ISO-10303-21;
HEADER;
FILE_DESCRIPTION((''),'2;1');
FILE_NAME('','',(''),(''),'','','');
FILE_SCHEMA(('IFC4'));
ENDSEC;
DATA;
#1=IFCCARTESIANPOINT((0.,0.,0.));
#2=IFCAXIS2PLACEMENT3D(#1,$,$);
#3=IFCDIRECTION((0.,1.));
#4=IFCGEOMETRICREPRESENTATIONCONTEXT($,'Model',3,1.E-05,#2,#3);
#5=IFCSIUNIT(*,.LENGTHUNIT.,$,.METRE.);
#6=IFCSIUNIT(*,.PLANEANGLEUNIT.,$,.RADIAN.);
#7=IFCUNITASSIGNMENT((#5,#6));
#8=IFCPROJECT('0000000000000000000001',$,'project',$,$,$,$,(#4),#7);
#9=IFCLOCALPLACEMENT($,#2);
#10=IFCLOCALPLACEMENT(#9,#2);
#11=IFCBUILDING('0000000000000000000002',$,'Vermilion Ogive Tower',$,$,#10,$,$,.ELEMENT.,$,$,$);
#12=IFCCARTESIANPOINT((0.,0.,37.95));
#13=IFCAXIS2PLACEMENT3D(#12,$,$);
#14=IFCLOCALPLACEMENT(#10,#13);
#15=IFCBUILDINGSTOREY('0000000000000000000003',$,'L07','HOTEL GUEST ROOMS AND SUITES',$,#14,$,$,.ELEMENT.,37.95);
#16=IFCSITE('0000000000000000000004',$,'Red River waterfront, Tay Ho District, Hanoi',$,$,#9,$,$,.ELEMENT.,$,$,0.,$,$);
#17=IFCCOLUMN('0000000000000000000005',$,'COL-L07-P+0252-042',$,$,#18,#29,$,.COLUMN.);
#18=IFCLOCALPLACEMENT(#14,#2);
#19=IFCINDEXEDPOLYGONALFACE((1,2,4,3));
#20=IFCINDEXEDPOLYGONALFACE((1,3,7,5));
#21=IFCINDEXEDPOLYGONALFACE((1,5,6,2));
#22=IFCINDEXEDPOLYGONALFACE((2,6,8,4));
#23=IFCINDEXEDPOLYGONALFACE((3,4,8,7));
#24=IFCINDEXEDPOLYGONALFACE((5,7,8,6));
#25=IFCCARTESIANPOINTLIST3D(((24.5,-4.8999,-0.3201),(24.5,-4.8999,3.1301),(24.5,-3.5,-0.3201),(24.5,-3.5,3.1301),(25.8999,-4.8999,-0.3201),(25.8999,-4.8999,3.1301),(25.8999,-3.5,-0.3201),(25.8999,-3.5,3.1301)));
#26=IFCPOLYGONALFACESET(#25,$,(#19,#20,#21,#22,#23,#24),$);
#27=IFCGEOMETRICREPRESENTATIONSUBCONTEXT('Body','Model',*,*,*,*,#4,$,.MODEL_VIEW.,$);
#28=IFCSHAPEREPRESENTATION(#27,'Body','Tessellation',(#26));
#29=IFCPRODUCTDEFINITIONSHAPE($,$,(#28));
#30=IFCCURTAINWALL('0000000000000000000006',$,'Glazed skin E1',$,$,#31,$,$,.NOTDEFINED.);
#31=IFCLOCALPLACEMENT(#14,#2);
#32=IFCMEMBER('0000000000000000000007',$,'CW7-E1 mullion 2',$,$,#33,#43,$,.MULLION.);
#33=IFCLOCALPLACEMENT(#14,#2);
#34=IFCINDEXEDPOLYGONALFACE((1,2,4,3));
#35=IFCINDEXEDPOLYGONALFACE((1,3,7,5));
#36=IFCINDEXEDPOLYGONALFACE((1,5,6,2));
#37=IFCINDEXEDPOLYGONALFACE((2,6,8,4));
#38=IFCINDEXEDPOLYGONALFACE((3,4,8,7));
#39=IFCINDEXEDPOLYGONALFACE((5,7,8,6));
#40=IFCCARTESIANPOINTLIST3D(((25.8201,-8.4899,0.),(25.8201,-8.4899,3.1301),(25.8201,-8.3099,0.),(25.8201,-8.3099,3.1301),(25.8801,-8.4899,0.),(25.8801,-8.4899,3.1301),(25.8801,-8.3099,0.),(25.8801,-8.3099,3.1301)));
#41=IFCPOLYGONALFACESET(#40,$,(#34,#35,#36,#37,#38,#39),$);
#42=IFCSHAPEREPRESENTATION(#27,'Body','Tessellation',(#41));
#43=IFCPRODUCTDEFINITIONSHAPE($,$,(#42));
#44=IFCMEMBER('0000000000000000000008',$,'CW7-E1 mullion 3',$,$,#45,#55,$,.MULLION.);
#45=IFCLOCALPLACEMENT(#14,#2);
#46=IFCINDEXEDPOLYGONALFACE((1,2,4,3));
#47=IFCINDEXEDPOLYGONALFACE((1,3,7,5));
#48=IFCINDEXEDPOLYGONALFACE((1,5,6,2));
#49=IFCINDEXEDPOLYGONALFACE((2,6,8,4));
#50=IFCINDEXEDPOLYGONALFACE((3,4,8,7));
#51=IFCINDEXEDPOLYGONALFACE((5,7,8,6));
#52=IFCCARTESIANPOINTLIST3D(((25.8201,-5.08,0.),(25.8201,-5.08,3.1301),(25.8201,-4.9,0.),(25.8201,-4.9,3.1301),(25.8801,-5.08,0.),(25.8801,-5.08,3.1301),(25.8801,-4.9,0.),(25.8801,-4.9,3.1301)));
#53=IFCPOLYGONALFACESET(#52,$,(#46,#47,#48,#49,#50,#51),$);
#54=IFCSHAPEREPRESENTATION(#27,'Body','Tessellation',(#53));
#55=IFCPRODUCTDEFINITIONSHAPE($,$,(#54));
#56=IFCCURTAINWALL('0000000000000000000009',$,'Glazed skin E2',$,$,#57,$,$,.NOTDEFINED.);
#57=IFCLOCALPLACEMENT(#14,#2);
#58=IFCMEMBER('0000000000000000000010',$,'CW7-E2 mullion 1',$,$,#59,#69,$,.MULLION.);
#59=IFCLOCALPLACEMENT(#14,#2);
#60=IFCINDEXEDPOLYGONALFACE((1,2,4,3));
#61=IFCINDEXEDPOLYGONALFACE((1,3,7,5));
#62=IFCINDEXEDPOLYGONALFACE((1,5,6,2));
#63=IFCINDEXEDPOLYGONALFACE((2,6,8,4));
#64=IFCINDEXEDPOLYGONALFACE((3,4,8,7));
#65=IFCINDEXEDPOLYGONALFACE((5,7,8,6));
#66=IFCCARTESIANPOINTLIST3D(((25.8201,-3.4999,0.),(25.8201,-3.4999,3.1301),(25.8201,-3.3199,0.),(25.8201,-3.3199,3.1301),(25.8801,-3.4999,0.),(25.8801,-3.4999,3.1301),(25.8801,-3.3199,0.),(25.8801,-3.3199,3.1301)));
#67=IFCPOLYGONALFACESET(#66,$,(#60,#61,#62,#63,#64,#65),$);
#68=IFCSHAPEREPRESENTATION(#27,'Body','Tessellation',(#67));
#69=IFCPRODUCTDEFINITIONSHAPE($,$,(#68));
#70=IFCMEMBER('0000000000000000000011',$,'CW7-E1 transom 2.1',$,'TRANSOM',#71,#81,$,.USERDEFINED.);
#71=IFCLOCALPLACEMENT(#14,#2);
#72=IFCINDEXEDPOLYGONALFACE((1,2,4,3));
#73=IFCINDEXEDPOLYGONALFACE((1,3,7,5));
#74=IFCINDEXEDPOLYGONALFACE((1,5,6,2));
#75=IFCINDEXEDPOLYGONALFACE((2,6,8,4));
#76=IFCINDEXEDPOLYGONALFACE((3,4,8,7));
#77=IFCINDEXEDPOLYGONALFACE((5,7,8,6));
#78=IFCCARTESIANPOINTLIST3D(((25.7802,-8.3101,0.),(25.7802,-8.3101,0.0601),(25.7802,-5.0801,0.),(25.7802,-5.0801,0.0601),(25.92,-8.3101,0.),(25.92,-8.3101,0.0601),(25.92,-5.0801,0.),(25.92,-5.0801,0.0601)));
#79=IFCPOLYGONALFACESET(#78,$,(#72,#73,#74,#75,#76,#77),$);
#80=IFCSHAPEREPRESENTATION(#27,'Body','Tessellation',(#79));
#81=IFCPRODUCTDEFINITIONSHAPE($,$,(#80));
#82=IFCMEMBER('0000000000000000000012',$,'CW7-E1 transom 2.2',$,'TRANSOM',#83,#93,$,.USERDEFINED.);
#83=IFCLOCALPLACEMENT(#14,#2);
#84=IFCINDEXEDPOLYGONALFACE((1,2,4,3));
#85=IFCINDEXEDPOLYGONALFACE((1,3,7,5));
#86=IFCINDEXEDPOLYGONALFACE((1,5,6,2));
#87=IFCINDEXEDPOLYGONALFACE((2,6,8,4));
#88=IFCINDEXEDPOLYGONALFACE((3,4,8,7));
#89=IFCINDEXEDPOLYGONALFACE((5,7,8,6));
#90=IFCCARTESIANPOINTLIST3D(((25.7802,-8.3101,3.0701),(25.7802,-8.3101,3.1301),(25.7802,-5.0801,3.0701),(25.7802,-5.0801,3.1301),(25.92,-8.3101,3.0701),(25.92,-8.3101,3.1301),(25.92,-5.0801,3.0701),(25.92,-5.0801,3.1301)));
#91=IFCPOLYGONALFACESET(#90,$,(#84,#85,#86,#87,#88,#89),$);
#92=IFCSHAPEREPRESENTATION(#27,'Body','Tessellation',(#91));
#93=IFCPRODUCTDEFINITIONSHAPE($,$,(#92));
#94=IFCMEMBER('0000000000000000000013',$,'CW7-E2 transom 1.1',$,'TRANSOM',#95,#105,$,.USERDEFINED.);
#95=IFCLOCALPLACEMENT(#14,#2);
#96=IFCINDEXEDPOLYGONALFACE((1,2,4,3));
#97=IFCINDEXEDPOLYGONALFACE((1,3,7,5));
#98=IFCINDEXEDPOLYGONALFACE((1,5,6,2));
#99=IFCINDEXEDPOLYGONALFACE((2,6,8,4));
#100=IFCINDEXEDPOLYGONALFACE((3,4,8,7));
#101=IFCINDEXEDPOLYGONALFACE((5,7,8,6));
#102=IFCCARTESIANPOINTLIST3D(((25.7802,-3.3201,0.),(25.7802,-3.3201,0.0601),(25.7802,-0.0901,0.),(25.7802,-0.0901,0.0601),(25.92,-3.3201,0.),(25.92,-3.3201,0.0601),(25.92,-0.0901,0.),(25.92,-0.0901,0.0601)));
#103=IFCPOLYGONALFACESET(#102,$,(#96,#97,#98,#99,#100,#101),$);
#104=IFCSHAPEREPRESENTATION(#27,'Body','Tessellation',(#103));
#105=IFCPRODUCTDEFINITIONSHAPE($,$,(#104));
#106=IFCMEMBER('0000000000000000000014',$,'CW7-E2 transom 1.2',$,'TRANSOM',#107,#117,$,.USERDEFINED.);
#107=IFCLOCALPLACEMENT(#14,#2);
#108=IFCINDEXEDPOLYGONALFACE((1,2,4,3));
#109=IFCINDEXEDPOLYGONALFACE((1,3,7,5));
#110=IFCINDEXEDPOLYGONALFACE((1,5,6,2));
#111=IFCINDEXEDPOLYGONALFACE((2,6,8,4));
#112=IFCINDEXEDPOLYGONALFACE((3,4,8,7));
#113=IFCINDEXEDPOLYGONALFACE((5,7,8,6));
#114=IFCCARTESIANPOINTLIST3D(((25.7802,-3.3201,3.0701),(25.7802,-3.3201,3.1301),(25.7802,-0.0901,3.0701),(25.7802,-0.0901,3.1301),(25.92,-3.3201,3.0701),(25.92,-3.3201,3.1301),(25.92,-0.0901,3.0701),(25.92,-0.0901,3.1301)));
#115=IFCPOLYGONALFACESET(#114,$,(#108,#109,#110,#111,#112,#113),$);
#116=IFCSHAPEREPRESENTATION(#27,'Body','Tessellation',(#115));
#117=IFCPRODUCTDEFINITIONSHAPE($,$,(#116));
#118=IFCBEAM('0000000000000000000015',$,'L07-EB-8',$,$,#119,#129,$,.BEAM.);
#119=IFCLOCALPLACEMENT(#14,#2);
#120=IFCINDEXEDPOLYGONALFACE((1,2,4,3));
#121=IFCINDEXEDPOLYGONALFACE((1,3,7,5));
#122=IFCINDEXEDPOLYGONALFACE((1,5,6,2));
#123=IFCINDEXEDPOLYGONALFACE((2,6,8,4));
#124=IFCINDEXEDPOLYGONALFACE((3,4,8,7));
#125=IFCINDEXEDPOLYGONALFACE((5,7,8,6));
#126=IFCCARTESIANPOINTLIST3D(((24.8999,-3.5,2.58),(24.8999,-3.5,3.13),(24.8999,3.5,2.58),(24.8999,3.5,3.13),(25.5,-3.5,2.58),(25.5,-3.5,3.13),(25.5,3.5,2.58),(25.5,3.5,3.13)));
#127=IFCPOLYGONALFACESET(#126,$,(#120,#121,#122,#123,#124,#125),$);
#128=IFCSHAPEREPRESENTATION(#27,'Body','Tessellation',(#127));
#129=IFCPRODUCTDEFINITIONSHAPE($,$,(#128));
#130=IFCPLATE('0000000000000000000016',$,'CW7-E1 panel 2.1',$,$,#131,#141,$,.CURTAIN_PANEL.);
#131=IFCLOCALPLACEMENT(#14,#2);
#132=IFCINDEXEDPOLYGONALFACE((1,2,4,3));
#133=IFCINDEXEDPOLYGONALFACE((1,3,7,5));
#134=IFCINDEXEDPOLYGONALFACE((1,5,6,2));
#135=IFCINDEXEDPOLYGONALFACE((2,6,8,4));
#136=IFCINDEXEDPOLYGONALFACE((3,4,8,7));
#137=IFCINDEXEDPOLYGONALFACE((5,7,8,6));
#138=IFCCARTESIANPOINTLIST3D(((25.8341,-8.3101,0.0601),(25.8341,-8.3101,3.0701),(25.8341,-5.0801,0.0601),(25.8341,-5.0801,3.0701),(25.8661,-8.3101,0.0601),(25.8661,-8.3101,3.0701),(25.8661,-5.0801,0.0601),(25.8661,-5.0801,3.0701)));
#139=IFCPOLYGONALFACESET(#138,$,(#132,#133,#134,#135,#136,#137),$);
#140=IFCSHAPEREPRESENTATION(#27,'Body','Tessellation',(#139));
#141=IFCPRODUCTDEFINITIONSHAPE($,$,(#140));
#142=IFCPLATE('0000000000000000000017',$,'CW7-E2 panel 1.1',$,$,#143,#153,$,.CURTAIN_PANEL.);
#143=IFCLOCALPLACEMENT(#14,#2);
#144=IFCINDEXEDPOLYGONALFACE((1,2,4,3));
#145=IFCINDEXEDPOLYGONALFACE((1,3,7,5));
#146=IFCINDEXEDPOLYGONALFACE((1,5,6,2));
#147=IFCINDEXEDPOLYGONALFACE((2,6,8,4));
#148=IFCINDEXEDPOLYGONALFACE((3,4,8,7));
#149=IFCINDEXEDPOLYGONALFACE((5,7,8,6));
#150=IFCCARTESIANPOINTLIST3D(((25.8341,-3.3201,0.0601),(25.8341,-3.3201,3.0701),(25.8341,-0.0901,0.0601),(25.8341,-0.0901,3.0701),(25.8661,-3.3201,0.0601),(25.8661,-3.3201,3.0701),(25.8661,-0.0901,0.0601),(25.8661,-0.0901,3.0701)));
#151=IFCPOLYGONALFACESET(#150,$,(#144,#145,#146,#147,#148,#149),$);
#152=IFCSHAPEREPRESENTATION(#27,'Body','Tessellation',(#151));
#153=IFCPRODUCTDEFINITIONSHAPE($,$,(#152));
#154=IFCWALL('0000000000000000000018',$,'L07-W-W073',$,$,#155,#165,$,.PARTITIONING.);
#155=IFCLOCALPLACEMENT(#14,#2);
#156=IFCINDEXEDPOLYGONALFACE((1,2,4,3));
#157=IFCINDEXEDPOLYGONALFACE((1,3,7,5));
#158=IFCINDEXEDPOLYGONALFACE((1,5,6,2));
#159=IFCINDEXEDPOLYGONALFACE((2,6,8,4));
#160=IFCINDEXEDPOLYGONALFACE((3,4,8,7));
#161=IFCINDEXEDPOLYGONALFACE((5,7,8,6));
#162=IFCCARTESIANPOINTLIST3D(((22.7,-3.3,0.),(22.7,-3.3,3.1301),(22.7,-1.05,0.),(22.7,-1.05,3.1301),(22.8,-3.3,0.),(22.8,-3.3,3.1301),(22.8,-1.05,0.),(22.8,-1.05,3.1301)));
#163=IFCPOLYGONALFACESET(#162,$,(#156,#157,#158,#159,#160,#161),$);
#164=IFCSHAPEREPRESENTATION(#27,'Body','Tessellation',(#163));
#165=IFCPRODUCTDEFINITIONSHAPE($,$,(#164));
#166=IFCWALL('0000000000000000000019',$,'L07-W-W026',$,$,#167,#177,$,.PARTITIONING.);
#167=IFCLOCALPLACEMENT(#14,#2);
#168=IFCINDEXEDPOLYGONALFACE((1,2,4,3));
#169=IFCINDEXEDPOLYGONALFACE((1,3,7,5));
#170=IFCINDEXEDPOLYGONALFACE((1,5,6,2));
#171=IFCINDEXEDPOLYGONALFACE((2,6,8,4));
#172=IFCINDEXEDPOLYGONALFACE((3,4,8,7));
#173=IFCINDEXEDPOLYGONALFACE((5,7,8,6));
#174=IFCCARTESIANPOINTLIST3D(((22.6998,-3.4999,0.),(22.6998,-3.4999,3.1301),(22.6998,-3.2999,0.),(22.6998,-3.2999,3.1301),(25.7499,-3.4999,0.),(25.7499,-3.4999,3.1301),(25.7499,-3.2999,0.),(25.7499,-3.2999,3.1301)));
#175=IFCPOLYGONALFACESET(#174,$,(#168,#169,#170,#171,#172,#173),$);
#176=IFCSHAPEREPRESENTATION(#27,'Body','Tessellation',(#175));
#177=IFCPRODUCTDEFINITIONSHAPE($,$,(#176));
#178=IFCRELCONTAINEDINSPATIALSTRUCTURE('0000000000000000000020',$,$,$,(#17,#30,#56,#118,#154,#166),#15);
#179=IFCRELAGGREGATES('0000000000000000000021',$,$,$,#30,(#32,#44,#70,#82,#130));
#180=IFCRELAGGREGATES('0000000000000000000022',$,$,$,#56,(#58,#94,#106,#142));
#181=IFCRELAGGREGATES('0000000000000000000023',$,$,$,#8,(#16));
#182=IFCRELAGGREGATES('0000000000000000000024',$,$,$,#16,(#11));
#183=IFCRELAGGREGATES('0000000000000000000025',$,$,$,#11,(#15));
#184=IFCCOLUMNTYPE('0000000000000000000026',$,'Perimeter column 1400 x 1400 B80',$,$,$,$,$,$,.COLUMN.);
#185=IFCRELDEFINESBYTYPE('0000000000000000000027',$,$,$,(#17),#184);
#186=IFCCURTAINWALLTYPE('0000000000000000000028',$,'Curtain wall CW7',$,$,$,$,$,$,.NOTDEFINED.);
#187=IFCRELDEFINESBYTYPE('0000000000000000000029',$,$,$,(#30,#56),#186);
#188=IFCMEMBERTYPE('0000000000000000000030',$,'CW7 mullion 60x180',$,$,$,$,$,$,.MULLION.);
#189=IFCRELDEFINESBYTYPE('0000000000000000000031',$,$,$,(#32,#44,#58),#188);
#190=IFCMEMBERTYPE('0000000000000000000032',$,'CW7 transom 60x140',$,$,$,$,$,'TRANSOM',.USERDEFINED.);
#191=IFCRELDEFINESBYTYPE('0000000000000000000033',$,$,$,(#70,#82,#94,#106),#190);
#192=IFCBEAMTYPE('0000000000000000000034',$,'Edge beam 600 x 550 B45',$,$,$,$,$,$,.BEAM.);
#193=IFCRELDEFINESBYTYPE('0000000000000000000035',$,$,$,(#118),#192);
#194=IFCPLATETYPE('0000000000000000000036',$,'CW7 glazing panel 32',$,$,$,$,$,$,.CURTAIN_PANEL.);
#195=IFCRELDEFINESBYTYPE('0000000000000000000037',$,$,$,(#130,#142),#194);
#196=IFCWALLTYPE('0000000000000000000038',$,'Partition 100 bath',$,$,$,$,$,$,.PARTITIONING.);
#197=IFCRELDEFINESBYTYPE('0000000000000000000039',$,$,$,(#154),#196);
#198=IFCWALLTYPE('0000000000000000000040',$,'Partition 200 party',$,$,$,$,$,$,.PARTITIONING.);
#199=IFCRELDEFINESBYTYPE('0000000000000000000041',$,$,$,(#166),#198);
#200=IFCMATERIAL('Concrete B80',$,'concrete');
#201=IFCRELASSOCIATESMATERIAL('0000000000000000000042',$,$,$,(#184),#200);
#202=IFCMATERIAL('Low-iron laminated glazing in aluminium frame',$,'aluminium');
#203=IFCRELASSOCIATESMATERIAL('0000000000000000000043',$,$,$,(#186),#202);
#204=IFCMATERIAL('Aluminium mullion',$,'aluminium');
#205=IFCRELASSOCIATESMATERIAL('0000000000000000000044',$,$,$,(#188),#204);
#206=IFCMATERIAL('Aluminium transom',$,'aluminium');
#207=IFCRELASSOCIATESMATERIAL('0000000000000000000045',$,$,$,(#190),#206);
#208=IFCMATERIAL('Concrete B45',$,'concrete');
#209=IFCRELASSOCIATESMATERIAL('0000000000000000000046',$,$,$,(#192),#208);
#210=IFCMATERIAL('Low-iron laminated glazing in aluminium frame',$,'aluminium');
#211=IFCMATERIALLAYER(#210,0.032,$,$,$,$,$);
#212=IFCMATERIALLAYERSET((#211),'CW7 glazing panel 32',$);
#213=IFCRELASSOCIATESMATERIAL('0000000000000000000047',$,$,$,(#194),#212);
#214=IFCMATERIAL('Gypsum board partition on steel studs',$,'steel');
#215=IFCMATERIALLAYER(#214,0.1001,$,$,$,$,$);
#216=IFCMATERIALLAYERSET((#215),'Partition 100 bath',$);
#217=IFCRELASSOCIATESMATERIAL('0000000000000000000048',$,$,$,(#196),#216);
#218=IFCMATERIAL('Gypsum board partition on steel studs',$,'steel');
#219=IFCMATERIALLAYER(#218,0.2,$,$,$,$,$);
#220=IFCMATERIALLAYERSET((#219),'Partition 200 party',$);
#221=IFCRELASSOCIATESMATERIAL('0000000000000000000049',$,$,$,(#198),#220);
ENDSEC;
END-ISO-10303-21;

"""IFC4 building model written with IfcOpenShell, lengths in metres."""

from ifc_helpers import new_model, si_unit, direction, frame, frame_2d, origin, origin_2d, place, context, subcontext, project, spatial, rectangle, extrude, material, layer, layer_set, material_profile, profile_set, type_object, element, aggregate, save


model = new_model("IFC4")

# Units and contexts
model_context = context("Model", 3, precision=1e-05, world=origin(), true_north=direction((0.0, 1.0)))
body_context = subcontext(model_context, "Body", "Model", "MODEL_VIEW")
ifc_project = project(units=[si_unit("LENGTHUNIT", "METRE"), si_unit("PLANEANGLEUNIT", "RADIAN")], contexts=[model_context])

# Site, building, storey
site_placement = place(None, origin())
site = spatial("IfcSite", under=ifc_project, at=site_placement, Name="Red River waterfront, Tay Ho District, Hanoi", CompositionType="ELEMENT", RefElevation=0.0)
building_placement = place(site_placement, origin())
building = spatial("IfcBuilding", under=site, at=building_placement, Name="Vermilion Ogive Tower", CompositionType="ELEMENT")
storey_placement = place(building_placement, frame((0.0, 0.0, 37.95)))
storey = spatial("IfcBuildingStorey", under=building, at=storey_placement, Name="L07", Description="HOTEL GUEST ROOMS AND SUITES", CompositionType="ELEMENT", Elevation=37.95)

# Column
ifc_material_1 = material(Name="Concrete B80", Category="concrete")
ifc_material_profile_1 = material_profile(ifc_material_1, rectangle(XDim=1.3999, YDim=1.3999, at=origin_2d()), Name="1400 x 1400")
ifc_profile_set_1 = profile_set([ifc_material_profile_1], Name="Concrete B80")
column_type = type_object("IfcColumnType", Name="Perimeter column 1400 x 1400 B80", PredefinedType="COLUMN", material=ifc_profile_set_1)
column_placement = place(storey_placement, frame((25.2, -4.2, -0.3201), z_axis=(0.0, 0.0, 1.0), x_axis=(1.0, 0.0, 0.0)))
element("IfcColumn", 1, at=column_placement, inside=storey, type_object=column_type, Name="COL-L07-P+0252-042", PredefinedType="COLUMN", context=body_context, shape_type="SweptSolid", body=[
    extrude(rectangle(XDim=1.3999, YDim=1.3999, at=origin_2d()), origin(), (0.0, 0.0, 1.0), 3.4502),
])

# Curtain wall, members
ifc_material_2 = material(Name="Low-iron laminated glazing in aluminium frame", Category="aluminium")
curtain_wall_type = type_object("IfcCurtainWallType", Name="Curtain wall CW7", PredefinedType="NOTDEFINED", material=ifc_material_2)
curtain_wall_1_placement = place(storey_placement, origin())
curtain_wall_1 = element("IfcCurtainWall", 2, at=curtain_wall_1_placement, inside=storey, type_object=curtain_wall_type, Name="Glazed skin E1", PredefinedType="NOTDEFINED")
ifc_material_3 = material(Name="Aluminium mullion", Category="aluminium")
ifc_material_profile_2 = material_profile(ifc_material_3, rectangle(XDim=0.0601, YDim=0.1799, at=origin_2d()), Name="AL 60x180")
ifc_profile_set_2 = profile_set([ifc_material_profile_2], Name="Aluminium mullion")
member_type_1 = type_object("IfcMemberType", Name="CW7 mullion 60x180", PredefinedType="MULLION", material=ifc_profile_set_2)
member_1_placement = place(storey_placement, frame((25.8501, -8.3999, 0.0), z_axis=(0.0, 0.0, 1.0), x_axis=(-1.0, 0.0, 0.0)))
member_1 = element("IfcMember", 3, at=member_1_placement, type_object=member_type_1, Name="CW7-E1 mullion 2", PredefinedType="MULLION", context=body_context, shape_type="SweptSolid", body=[
    extrude(rectangle(XDim=0.0601, YDim=0.1799, at=origin_2d()), origin(), (0.0, 0.0, 1.0), 3.1301),
])
member_2_placement = place(storey_placement, frame((25.8501, -4.99, 0.0), z_axis=(0.0, 0.0, 1.0), x_axis=(-1.0, 0.0, 0.0)))
member_2 = element("IfcMember", 4, at=member_2_placement, type_object=member_type_1, Name="CW7-E1 mullion 3", PredefinedType="MULLION", context=body_context, shape_type="SweptSolid", body=[
    extrude(rectangle(XDim=0.0601, YDim=0.1799, at=origin_2d()), origin(), (0.0, 0.0, 1.0), 3.1301),
])

# Curtain wall, member
curtain_wall_2_placement = place(storey_placement, origin())
curtain_wall_2 = element("IfcCurtainWall", 5, at=curtain_wall_2_placement, inside=storey, type_object=curtain_wall_type, Name="Glazed skin E2", PredefinedType="NOTDEFINED")
member_3_placement = place(storey_placement, frame((25.8501, -3.4099, 0.0), z_axis=(0.0, 0.0, 1.0), x_axis=(-1.0, 0.0, 0.0)))
member_3 = element("IfcMember", 6, at=member_3_placement, type_object=member_type_1, Name="CW7-E2 mullion 1", PredefinedType="MULLION", context=body_context, shape_type="SweptSolid", body=[
    extrude(rectangle(XDim=0.0601, YDim=0.1799, at=origin_2d()), origin(), (0.0, 0.0, 1.0), 3.1301),
])

# Members
ifc_material_4 = material(Name="Aluminium transom", Category="aluminium")
ifc_material_profile_3 = material_profile(ifc_material_4, rectangle(XDim=0.1399, YDim=0.0601, at=origin_2d()), Name="AL 60x140")
ifc_profile_set_3 = profile_set([ifc_material_profile_3], Name="Aluminium transom")
member_type_2 = type_object("IfcMemberType", Name="CW7 transom 60x140", ElementType="TRANSOM", PredefinedType="USERDEFINED", material=ifc_profile_set_3)
member_4_placement = place(storey_placement, frame((25.8501, -8.3101, 0.03), z_axis=(0.0, 1.0, 0.0), x_axis=(-1.0, 0.0, 0.0)))
member_4 = element("IfcMember", 7, at=member_4_placement, type_object=member_type_2, Name="CW7-E1 transom 2.1", ObjectType="TRANSOM", PredefinedType="USERDEFINED", context=body_context, shape_type="SweptSolid", body=[
    extrude(rectangle(XDim=0.1399, YDim=0.0601, at=origin_2d()), origin(), (0.0, 0.0, 1.0), 3.23),
])
member_5_placement = place(storey_placement, frame((25.8501, -8.3101, 3.1001), z_axis=(0.0, 1.0, 0.0), x_axis=(-1.0, 0.0, 0.0)))
member_5 = element("IfcMember", 8, at=member_5_placement, type_object=member_type_2, Name="CW7-E1 transom 2.2", ObjectType="TRANSOM", PredefinedType="USERDEFINED", context=body_context, shape_type="SweptSolid", body=[
    extrude(rectangle(XDim=0.1399, YDim=0.0601, at=origin_2d()), origin(), (0.0, 0.0, 1.0), 3.23),
])
member_6_placement = place(storey_placement, frame((25.8501, -3.3201, 0.03), z_axis=(0.0, 1.0, 0.0), x_axis=(-1.0, 0.0, 0.0)))
member_6 = element("IfcMember", 9, at=member_6_placement, type_object=member_type_2, Name="CW7-E2 transom 1.1", ObjectType="TRANSOM", PredefinedType="USERDEFINED", context=body_context, shape_type="SweptSolid", body=[
    extrude(rectangle(XDim=0.1399, YDim=0.0601, at=origin_2d()), origin(), (0.0, 0.0, 1.0), 3.23),
])
member_7_placement = place(storey_placement, frame((25.8501, -3.3201, 3.1001), z_axis=(0.0, 1.0, 0.0), x_axis=(-1.0, 0.0, 0.0)))
member_7 = element("IfcMember", 10, at=member_7_placement, type_object=member_type_2, Name="CW7-E2 transom 1.2", ObjectType="TRANSOM", PredefinedType="USERDEFINED", context=body_context, shape_type="SweptSolid", body=[
    extrude(rectangle(XDim=0.1399, YDim=0.0601, at=origin_2d()), origin(), (0.0, 0.0, 1.0), 3.23),
])

# Beam
ifc_material_5 = material(Name="Concrete B45", Category="concrete")
ifc_material_profile_4 = material_profile(ifc_material_5, rectangle(XDim=0.6001, YDim=0.55, at=origin_2d()), Name="600 x 550")
ifc_profile_set_4 = profile_set([ifc_material_profile_4], Name="Concrete B45")
beam_type = type_object("IfcBeamType", Name="Edge beam 600 x 550 B45", PredefinedType="BEAM", material=ifc_profile_set_4)
beam_placement = place(storey_placement, frame((25.2, -3.5, 2.855), z_axis=(0.0, 1.0, 0.0), x_axis=(-1.0, 0.0, 0.0)))
element("IfcBeam", 11, at=beam_placement, inside=storey, type_object=beam_type, Name="L07-EB-8", PredefinedType="BEAM", context=body_context, shape_type="SweptSolid", body=[
    extrude(rectangle(XDim=0.6001, YDim=0.55, at=origin_2d()), origin(), (0.0, 0.0, 1.0), 7.0),
])

# Plates
ifc_material_6 = material(Name="Low-iron laminated glazing in aluminium frame", Category="aluminium")
ifc_layer_1 = layer(ifc_material_6, 0.032)
ifc_layer_set_1 = layer_set([ifc_layer_1], Name="CW7 glazing panel 32")
plate_type = type_object("IfcPlateType", Name="CW7 glazing panel 32", PredefinedType="CURTAIN_PANEL", material=ifc_layer_set_1)
plate_1_placement = place(storey_placement, frame((25.8501, -6.6951, 0.0601), z_axis=(0.0, 0.0, 1.0), x_axis=(0.0, 1.0, 0.0)))
plate_1 = element("IfcPlate", 12, at=plate_1_placement, type_object=plate_type, Name="CW7-E1 panel 2.1", PredefinedType="CURTAIN_PANEL", context=body_context, shape_type="SweptSolid", body=[
    extrude(rectangle(XDim=3.23, YDim=0.032, at=origin_2d()), origin(), (0.0, 0.0, 1.0), 3.01),
])
aggregate(curtain_wall_1, [member_1, member_2, member_4, member_5, plate_1])
plate_2_placement = place(storey_placement, frame((25.8501, -1.7051, 0.0601), z_axis=(0.0, 0.0, 1.0), x_axis=(0.0, 1.0, 0.0)))
plate_2 = element("IfcPlate", 13, at=plate_2_placement, type_object=plate_type, Name="CW7-E2 panel 1.1", PredefinedType="CURTAIN_PANEL", context=body_context, shape_type="SweptSolid", body=[
    extrude(rectangle(XDim=3.23, YDim=0.032, at=origin_2d()), origin(), (0.0, 0.0, 1.0), 3.01),
])
aggregate(curtain_wall_2, [member_3, member_6, member_7, plate_2])

# Walls
ifc_material_7 = material(Name="Gypsum board partition on steel studs", Category="steel")
ifc_layer_2 = layer(ifc_material_7, 0.1001)
ifc_layer_set_2 = layer_set([ifc_layer_2], Name="Partition 100 bath")
wall_type_1 = type_object("IfcWallType", Name="Partition 100 bath", PredefinedType="PARTITIONING", material=ifc_layer_set_2)
wall_1_placement = place(storey_placement, frame((22.75, -3.3, 0.0), z_axis=(0.0, 0.0, 1.0), x_axis=(0.0, 1.0, 0.0)))
element("IfcWall", 14, at=wall_1_placement, inside=storey, type_object=wall_type_1, Name="L07-W-W073", PredefinedType="PARTITIONING", context=body_context, shape_type="SweptSolid", body=[
    extrude(rectangle(XDim=2.25, YDim=0.1001, at=frame_2d((1.125, 0.0))), origin(), (0.0, 0.0, 1.0), 3.1301),
])
ifc_material_8 = material(Name="Gypsum board partition on steel studs", Category="steel")
ifc_layer_3 = layer(ifc_material_8, 0.2)
ifc_layer_set_3 = layer_set([ifc_layer_3], Name="Partition 200 party")
wall_type_2 = type_object("IfcWallType", Name="Partition 200 party", PredefinedType="PARTITIONING", material=ifc_layer_set_3)
wall_2_placement = place(storey_placement, frame((22.7, -3.3999, 0.0), z_axis=(0.0, 0.0, 1.0), x_axis=(1.0, 0.0, 0.0)))
element("IfcWall", 15, at=wall_2_placement, inside=storey, type_object=wall_type_2, Name="L07-W-W026", PredefinedType="PARTITIONING", context=body_context, shape_type="SweptSolid", body=[
    extrude(rectangle(XDim=3.05, YDim=0.2, at=frame_2d((1.5249, 0.0))), origin(), (0.0, 0.0, 1.0), 3.1301),
])

save(model, "model.ifc")
